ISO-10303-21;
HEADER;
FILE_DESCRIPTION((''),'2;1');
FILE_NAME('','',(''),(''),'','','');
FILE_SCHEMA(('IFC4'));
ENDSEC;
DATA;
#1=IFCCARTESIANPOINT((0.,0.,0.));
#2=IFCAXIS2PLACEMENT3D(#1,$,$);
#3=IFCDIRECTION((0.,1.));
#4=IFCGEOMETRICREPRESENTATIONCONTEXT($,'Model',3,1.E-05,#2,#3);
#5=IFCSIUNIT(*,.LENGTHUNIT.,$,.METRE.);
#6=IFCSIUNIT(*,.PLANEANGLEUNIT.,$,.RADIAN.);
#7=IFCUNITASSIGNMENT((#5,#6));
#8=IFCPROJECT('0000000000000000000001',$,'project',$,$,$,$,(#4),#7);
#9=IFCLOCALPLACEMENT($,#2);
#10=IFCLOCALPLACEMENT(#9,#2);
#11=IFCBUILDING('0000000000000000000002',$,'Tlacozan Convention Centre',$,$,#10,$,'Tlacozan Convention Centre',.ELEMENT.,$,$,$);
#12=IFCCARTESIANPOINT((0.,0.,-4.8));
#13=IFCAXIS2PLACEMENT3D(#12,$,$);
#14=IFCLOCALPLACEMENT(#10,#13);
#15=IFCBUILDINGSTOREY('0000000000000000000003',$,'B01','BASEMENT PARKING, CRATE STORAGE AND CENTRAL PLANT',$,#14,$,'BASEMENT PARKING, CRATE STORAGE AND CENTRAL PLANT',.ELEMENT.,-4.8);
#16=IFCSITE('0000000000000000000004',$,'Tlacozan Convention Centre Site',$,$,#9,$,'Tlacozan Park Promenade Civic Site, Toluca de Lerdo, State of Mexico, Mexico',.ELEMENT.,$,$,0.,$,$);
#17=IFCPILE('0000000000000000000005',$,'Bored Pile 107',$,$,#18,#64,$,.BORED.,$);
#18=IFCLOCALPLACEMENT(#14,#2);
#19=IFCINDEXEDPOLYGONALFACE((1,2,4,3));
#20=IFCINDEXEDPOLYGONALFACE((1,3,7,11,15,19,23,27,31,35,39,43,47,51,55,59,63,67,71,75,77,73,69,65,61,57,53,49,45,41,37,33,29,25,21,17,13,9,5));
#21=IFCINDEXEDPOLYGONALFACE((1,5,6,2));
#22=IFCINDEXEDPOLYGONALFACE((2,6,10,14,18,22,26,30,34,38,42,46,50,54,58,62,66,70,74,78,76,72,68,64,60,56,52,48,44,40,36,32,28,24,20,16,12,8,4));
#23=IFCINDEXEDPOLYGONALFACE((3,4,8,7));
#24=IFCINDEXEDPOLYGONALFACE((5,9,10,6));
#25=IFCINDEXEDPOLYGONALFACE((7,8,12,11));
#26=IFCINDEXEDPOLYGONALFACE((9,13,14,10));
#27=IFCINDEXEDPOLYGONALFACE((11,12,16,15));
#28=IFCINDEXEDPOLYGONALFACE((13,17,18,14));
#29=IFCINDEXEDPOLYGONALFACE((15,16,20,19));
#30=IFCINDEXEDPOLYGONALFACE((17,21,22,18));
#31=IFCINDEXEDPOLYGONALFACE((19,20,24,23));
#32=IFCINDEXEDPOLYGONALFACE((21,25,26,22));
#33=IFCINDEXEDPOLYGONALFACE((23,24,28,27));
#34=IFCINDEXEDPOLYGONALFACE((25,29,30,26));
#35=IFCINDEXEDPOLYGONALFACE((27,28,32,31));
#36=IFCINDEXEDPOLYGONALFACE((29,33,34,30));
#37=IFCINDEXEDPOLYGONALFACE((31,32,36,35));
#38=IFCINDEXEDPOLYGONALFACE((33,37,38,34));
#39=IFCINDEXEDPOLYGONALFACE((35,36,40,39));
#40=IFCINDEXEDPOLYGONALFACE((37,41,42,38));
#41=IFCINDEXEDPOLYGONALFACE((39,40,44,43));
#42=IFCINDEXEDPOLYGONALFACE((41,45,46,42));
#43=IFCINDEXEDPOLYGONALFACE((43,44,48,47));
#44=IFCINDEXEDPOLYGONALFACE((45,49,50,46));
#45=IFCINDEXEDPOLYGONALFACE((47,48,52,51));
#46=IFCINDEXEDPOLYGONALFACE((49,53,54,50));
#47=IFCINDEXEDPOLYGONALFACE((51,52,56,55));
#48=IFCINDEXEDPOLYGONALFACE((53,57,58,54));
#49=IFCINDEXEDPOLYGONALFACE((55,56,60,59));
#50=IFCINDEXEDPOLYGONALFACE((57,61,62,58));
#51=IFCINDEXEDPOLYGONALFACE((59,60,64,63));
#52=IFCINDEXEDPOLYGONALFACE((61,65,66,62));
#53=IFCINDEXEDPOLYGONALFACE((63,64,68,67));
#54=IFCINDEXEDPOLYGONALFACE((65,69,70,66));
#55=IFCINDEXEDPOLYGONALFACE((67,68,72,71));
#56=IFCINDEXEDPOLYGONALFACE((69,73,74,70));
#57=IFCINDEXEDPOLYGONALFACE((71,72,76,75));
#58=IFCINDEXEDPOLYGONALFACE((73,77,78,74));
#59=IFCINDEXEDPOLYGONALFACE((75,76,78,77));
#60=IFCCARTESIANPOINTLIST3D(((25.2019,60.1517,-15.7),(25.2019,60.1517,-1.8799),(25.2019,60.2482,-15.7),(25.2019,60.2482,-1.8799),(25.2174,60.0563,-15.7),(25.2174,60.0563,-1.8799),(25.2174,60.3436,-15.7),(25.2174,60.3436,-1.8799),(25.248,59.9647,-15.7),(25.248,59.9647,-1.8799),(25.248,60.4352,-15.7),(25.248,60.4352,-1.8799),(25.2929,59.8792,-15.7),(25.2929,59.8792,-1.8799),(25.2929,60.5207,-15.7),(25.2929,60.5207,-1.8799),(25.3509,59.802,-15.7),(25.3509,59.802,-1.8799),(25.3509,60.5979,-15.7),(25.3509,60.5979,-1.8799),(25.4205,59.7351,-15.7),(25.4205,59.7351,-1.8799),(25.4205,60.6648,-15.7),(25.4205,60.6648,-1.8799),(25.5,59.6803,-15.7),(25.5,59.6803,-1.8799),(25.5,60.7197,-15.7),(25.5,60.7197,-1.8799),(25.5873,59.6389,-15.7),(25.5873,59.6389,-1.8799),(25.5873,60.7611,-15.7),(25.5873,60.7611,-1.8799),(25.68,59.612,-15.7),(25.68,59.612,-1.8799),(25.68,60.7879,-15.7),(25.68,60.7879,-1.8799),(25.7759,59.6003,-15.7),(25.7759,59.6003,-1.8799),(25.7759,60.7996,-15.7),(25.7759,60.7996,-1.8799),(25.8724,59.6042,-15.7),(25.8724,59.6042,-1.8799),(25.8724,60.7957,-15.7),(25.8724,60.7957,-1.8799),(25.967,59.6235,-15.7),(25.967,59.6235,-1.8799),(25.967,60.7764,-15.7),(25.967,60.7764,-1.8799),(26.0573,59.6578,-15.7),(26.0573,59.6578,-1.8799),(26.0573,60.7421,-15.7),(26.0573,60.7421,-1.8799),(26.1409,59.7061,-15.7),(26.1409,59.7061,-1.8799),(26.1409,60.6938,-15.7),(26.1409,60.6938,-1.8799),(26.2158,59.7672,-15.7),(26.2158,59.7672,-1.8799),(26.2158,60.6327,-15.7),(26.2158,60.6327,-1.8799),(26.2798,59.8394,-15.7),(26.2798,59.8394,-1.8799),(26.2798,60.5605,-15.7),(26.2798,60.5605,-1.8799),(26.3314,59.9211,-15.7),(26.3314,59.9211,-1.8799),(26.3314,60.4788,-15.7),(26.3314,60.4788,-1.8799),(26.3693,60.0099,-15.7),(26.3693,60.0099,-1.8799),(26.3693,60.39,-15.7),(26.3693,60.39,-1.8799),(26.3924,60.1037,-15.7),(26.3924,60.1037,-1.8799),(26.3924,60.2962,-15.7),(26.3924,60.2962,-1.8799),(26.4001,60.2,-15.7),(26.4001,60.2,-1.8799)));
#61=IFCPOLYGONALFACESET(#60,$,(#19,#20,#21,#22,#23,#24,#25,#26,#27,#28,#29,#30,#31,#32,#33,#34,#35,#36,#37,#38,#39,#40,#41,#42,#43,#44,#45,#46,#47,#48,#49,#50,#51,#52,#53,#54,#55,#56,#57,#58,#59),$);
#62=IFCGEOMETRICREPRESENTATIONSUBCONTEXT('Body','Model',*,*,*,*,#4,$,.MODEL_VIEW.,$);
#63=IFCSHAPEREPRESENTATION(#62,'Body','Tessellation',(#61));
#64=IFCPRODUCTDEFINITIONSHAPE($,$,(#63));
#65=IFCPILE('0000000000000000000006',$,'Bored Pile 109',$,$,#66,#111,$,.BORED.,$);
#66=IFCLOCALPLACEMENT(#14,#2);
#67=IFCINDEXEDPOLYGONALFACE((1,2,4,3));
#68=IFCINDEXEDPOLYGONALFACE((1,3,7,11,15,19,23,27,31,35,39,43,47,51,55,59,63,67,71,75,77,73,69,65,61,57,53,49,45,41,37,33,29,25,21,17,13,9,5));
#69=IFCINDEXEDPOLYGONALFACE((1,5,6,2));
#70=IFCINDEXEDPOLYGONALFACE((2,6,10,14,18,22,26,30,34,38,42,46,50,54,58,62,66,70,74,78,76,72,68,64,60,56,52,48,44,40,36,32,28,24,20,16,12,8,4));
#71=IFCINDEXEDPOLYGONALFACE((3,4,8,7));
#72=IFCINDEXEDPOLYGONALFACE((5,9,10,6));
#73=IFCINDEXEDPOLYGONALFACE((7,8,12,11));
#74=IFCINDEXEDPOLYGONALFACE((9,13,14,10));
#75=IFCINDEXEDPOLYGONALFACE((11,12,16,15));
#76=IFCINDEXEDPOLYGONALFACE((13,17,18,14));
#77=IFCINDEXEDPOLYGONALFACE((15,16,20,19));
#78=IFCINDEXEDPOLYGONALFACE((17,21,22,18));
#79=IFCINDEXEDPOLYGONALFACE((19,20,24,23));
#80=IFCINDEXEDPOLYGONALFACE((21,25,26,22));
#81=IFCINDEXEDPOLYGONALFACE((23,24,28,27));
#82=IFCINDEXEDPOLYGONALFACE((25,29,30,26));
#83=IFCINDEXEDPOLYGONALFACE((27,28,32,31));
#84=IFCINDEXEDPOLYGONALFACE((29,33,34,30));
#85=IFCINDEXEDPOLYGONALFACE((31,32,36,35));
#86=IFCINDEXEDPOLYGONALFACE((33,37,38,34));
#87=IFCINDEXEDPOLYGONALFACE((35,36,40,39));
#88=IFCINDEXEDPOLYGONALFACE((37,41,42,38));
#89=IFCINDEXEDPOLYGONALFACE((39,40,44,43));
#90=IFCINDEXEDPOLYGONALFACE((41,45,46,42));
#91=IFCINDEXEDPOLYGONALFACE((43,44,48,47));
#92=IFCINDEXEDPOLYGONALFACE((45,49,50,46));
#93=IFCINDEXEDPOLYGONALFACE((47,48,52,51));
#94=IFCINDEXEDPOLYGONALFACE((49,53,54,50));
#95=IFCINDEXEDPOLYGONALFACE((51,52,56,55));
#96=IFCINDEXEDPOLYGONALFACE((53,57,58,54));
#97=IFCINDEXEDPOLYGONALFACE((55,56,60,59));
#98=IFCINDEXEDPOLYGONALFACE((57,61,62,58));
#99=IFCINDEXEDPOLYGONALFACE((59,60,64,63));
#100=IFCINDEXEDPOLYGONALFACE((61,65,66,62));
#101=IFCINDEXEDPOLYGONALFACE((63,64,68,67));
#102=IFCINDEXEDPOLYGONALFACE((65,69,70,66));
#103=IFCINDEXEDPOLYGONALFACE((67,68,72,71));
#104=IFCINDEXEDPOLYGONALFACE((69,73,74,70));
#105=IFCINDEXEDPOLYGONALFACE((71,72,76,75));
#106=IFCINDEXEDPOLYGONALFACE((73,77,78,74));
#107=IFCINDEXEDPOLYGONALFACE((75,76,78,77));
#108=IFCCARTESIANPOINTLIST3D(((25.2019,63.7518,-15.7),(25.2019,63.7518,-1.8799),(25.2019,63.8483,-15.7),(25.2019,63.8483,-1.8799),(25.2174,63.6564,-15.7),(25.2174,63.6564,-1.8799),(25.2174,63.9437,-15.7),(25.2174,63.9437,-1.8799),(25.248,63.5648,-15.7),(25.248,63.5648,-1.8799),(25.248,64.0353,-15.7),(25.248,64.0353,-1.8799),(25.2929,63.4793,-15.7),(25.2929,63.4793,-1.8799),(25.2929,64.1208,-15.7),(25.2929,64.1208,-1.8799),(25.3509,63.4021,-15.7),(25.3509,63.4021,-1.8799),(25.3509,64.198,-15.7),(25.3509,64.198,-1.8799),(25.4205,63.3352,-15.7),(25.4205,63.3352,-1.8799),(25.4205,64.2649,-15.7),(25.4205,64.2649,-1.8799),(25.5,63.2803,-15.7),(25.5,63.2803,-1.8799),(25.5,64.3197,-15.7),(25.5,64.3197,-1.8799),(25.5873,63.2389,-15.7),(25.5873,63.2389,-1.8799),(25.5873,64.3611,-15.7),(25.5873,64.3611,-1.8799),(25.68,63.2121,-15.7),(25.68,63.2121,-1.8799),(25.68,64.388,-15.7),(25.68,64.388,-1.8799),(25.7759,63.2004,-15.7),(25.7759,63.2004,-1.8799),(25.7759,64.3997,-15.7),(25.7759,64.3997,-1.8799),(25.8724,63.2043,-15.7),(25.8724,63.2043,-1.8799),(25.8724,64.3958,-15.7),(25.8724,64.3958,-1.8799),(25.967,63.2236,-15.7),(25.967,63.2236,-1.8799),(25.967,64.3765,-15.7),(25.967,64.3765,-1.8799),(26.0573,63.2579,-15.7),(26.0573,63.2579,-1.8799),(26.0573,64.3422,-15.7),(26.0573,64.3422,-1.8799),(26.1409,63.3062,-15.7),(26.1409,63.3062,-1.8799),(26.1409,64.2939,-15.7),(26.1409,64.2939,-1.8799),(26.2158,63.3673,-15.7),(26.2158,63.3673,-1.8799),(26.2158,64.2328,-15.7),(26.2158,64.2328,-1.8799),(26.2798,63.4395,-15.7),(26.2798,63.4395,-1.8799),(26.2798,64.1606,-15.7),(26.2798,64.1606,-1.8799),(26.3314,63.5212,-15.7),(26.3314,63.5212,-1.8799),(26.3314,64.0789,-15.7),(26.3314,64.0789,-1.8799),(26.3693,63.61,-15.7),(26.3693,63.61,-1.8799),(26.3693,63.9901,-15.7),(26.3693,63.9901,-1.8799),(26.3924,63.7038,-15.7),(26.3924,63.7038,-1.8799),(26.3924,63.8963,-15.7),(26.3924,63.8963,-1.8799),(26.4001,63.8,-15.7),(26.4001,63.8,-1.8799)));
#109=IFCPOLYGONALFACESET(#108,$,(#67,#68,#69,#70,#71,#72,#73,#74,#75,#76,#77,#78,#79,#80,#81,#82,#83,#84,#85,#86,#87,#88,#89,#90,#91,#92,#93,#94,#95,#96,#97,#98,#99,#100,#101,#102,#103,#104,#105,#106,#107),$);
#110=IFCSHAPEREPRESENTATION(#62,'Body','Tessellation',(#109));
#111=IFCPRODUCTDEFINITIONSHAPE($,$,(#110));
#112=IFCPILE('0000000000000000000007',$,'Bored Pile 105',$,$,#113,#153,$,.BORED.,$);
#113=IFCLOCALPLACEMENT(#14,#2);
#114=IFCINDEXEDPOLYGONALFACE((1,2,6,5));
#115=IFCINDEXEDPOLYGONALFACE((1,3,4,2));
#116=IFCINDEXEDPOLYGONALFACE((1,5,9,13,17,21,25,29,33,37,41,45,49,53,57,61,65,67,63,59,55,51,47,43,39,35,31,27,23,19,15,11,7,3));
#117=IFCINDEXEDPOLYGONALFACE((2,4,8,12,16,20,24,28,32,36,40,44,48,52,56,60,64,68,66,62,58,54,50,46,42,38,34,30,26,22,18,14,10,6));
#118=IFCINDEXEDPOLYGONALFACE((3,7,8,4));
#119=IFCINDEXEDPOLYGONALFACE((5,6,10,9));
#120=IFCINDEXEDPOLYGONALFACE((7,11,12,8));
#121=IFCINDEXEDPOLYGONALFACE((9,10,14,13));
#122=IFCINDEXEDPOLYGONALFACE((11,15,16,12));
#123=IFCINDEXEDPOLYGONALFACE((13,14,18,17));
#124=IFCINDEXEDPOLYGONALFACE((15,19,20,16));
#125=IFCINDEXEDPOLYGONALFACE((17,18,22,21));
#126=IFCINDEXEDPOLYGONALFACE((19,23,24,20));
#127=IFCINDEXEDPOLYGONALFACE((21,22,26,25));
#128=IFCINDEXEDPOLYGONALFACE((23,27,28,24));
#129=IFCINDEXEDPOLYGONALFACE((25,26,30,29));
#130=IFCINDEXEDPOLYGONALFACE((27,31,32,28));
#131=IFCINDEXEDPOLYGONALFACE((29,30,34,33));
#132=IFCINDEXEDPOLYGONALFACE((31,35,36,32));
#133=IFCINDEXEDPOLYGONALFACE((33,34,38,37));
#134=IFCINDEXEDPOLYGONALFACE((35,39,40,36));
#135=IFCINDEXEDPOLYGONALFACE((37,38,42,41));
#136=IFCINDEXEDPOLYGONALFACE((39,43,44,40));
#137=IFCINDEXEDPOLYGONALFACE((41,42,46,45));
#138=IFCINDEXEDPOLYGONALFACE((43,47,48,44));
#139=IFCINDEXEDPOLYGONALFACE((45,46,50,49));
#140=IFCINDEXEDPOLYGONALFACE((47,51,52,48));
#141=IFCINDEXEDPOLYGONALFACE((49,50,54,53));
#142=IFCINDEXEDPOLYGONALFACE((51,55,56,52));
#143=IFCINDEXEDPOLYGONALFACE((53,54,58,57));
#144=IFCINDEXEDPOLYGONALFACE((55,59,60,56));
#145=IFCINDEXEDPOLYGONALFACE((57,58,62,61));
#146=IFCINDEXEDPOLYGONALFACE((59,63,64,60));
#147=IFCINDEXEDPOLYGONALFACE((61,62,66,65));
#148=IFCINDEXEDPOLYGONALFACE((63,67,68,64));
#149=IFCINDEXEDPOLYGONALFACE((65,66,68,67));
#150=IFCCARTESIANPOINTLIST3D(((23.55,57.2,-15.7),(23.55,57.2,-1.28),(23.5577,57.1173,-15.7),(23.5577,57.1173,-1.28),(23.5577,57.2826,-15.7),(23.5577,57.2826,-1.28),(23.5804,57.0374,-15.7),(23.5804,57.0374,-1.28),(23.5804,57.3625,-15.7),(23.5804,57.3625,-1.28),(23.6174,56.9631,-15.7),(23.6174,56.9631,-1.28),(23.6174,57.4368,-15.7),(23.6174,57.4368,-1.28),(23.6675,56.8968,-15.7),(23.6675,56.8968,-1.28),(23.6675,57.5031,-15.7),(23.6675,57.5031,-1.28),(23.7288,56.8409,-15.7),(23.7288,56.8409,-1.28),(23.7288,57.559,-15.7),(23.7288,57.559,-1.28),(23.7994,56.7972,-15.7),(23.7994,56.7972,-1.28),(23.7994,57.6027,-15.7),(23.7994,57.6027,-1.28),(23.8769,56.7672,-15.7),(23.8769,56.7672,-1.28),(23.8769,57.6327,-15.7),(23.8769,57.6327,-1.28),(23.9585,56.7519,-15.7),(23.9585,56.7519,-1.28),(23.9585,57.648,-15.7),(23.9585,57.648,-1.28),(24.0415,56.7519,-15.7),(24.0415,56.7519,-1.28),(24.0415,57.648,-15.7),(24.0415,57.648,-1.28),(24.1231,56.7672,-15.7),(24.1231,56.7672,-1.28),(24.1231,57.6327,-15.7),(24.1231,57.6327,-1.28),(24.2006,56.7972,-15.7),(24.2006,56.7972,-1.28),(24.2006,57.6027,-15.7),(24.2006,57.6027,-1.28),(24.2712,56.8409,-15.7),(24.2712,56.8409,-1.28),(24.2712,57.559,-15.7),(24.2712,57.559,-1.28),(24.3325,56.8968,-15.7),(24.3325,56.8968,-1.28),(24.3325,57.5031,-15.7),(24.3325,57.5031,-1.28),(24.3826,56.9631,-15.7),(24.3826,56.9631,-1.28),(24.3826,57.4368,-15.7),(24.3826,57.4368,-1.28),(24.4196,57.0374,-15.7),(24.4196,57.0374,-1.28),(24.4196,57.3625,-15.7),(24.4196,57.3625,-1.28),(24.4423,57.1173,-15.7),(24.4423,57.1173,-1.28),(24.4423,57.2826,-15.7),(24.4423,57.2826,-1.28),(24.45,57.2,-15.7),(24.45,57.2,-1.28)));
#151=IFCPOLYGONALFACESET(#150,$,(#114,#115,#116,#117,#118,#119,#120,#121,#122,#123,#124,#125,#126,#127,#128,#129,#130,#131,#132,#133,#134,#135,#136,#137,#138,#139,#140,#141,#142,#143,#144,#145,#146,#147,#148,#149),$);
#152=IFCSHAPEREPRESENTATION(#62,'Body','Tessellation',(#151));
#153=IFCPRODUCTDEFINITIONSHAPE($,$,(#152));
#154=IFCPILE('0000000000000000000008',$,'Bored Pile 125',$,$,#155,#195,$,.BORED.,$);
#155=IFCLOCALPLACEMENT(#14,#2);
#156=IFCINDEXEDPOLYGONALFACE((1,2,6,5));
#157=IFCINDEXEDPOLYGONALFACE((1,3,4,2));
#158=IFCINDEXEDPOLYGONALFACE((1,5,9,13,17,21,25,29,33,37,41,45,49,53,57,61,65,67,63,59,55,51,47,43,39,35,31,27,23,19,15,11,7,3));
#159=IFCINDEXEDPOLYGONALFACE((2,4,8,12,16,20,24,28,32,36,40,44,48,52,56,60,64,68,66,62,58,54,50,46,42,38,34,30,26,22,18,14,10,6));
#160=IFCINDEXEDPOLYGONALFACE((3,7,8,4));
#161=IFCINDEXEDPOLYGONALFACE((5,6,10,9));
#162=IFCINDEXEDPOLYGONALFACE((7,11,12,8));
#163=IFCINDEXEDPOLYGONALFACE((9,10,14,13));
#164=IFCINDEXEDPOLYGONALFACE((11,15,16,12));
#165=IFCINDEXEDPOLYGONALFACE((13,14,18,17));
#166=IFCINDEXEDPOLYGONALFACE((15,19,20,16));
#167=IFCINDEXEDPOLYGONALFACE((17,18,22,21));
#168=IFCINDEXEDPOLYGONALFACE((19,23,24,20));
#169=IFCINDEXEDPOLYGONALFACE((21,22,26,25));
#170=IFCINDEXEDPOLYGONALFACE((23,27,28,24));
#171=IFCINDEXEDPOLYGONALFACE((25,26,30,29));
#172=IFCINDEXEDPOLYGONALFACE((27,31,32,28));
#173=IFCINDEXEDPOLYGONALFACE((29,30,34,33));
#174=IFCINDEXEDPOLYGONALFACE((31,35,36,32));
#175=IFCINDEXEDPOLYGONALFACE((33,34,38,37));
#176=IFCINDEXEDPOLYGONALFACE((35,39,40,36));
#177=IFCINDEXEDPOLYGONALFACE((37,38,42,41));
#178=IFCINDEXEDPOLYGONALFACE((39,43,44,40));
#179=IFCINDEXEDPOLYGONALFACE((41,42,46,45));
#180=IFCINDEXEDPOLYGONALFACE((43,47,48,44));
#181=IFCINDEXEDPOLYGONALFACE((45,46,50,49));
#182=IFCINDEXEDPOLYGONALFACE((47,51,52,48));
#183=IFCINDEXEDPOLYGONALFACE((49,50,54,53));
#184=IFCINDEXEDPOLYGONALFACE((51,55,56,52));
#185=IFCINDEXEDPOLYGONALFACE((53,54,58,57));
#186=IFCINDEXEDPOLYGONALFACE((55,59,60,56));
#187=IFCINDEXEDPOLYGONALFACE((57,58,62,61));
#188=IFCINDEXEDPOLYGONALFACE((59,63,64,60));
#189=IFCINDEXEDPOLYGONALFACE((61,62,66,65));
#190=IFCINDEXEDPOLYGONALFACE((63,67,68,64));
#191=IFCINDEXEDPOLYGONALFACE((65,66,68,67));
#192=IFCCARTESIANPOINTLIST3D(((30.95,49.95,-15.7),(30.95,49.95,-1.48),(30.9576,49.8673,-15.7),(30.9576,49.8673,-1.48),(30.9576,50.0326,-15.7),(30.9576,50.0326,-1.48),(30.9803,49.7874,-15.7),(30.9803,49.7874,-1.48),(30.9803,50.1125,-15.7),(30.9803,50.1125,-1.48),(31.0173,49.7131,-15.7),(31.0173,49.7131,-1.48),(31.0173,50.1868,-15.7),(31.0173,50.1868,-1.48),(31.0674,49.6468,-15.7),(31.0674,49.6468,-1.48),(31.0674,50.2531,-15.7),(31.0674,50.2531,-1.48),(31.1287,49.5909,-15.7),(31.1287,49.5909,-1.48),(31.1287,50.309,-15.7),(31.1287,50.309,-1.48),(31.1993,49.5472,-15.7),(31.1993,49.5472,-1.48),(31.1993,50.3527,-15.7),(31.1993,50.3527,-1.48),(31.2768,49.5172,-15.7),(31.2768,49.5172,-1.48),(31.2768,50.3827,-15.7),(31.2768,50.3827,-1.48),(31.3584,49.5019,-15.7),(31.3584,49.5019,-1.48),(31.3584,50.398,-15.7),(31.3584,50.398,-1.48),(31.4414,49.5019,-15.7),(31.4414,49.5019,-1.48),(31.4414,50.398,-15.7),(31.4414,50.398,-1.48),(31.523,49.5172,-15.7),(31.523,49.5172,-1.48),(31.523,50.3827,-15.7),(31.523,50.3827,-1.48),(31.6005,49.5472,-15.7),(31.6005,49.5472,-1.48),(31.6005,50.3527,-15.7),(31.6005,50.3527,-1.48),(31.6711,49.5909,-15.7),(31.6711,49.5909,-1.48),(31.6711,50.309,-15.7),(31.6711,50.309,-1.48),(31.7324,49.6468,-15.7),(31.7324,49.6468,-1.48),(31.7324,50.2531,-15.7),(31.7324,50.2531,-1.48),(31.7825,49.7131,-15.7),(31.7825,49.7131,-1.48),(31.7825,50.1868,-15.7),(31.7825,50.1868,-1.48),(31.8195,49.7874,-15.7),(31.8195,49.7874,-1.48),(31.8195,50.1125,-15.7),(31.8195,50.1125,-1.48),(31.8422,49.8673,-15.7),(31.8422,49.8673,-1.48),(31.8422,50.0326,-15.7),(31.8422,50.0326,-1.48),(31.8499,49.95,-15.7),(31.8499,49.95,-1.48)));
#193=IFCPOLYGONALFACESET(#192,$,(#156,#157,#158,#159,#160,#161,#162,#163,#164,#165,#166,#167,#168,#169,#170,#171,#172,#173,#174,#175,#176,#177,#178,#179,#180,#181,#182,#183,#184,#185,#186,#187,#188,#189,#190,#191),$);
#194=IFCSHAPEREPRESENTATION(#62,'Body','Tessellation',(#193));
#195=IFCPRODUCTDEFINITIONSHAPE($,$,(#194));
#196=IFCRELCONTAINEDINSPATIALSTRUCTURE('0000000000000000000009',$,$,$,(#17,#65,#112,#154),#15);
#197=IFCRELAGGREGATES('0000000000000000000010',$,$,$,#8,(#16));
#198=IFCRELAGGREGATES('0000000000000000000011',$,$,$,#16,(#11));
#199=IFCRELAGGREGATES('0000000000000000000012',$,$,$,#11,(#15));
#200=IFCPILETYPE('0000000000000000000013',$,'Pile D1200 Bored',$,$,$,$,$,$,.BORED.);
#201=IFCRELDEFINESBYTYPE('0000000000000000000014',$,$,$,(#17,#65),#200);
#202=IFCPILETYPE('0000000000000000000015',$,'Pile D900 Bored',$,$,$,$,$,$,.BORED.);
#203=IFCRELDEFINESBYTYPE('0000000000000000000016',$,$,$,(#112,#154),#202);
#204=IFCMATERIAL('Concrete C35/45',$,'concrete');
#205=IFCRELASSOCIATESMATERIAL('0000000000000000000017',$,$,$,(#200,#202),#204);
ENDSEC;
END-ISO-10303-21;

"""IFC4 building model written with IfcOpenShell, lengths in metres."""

from ifc_helpers import new_model, si_unit, direction, frame, origin, origin_2d, place, context, subcontext, project, spatial, circle, extrude, material, material_profile, profile_set, type_object, element, save


model = new_model("IFC4")

# Units and contexts
model_context = context("Model", 3, precision=1e-05, world=origin(), true_north=direction((0.0, 1.0)))
body_context = subcontext(model_context, "Body", "Model", "MODEL_VIEW")
ifc_project = project(units=[si_unit("LENGTHUNIT", "METRE"), si_unit("PLANEANGLEUNIT", "RADIAN")], contexts=[model_context])

# Site, building, storey
site_placement = place(None, origin())
site = spatial("IfcSite", under=ifc_project, at=site_placement, Name="Tlacozan Convention Centre Site", LongName="Tlacozan Park Promenade Civic Site, Toluca de Lerdo, State of Mexico, Mexico", CompositionType="ELEMENT", RefElevation=0.0)
building_placement = place(site_placement, origin())
building = spatial("IfcBuilding", under=site, at=building_placement, Name="Tlacozan Convention Centre", LongName="Tlacozan Convention Centre", CompositionType="ELEMENT")
storey_placement = place(building_placement, frame((0.0, 0.0, -4.8)))
storey = spatial("IfcBuildingStorey", under=building, at=storey_placement, Name="B01", Description="BASEMENT PARKING, CRATE STORAGE AND CENTRAL PLANT", LongName="BASEMENT PARKING, CRATE STORAGE AND CENTRAL PLANT", CompositionType="ELEMENT", Elevation=-4.8)

# Shared definitions
ifc_material_1 = material(Name="Concrete C35/45", Category="concrete")

# Piles
ifc_material_profile_1 = material_profile(ifc_material_1, circle(Radius=0.6001, at=origin_2d()), Name="PILE D1200")
ifc_profile_set_1 = profile_set([ifc_material_profile_1], Name="Concrete C35/45")
pile_type_1 = type_object("IfcPileType", Name="Pile D1200 Bored", PredefinedType="BORED", material=ifc_profile_set_1)
for number, where, z_axis, x_axis, name in (
    (1, (25.8, 60.2, -1.8799), (0.0, 0.0, -1.0), (1.0, 0.0, 0.0), "Bored Pile 107"),
    (2, (25.8, 63.8, -1.8799), (0.0, 0.0, -1.0), (1.0, 0.0, 0.0), "Bored Pile 109"),
):
    element("IfcPile", number, at=place(storey_placement, frame(where, z_axis=z_axis, x_axis=x_axis)), inside=storey, type_object=pile_type_1, Name=name, PredefinedType="BORED", context=body_context, shape_type="SweptSolid", body=[
        extrude(circle(Radius=0.6001, at=origin_2d()), origin(), (0.0, 0.0, 1.0), 13.8201),
    ])
ifc_material_profile_2 = material_profile(ifc_material_1, circle(Radius=0.45, at=origin_2d()), Name="PILE D900")
ifc_profile_set_2 = profile_set([ifc_material_profile_2], Name="Concrete C35/45")
pile_type_2 = type_object("IfcPileType", Name="Pile D900 Bored", PredefinedType="BORED", material=ifc_profile_set_2)
pile_1_placement = place(storey_placement, frame((24.0, 57.2, -1.28), z_axis=(0.0, 0.0, -1.0), x_axis=(1.0, 0.0, 0.0)))
element("IfcPile", 3, at=pile_1_placement, inside=storey, type_object=pile_type_2, Name="Bored Pile 105", PredefinedType="BORED", context=body_context, shape_type="SweptSolid", body=[
    extrude(circle(Radius=0.45, at=origin_2d()), origin(), (0.0, 0.0, 1.0), 14.4199),
])
pile_2_placement = place(storey_placement, frame((31.3999, 49.95, -1.48), z_axis=(0.0, 0.0, -1.0), x_axis=(1.0, 0.0, 0.0)))
element("IfcPile", 4, at=pile_2_placement, inside=storey, type_object=pile_type_2, Name="Bored Pile 125", PredefinedType="BORED", context=body_context, shape_type="SweptSolid", body=[
    extrude(circle(Radius=0.45, at=origin_2d()), origin(), (0.0, 0.0, 1.0), 14.22),
])

save(model, "model.ifc")
